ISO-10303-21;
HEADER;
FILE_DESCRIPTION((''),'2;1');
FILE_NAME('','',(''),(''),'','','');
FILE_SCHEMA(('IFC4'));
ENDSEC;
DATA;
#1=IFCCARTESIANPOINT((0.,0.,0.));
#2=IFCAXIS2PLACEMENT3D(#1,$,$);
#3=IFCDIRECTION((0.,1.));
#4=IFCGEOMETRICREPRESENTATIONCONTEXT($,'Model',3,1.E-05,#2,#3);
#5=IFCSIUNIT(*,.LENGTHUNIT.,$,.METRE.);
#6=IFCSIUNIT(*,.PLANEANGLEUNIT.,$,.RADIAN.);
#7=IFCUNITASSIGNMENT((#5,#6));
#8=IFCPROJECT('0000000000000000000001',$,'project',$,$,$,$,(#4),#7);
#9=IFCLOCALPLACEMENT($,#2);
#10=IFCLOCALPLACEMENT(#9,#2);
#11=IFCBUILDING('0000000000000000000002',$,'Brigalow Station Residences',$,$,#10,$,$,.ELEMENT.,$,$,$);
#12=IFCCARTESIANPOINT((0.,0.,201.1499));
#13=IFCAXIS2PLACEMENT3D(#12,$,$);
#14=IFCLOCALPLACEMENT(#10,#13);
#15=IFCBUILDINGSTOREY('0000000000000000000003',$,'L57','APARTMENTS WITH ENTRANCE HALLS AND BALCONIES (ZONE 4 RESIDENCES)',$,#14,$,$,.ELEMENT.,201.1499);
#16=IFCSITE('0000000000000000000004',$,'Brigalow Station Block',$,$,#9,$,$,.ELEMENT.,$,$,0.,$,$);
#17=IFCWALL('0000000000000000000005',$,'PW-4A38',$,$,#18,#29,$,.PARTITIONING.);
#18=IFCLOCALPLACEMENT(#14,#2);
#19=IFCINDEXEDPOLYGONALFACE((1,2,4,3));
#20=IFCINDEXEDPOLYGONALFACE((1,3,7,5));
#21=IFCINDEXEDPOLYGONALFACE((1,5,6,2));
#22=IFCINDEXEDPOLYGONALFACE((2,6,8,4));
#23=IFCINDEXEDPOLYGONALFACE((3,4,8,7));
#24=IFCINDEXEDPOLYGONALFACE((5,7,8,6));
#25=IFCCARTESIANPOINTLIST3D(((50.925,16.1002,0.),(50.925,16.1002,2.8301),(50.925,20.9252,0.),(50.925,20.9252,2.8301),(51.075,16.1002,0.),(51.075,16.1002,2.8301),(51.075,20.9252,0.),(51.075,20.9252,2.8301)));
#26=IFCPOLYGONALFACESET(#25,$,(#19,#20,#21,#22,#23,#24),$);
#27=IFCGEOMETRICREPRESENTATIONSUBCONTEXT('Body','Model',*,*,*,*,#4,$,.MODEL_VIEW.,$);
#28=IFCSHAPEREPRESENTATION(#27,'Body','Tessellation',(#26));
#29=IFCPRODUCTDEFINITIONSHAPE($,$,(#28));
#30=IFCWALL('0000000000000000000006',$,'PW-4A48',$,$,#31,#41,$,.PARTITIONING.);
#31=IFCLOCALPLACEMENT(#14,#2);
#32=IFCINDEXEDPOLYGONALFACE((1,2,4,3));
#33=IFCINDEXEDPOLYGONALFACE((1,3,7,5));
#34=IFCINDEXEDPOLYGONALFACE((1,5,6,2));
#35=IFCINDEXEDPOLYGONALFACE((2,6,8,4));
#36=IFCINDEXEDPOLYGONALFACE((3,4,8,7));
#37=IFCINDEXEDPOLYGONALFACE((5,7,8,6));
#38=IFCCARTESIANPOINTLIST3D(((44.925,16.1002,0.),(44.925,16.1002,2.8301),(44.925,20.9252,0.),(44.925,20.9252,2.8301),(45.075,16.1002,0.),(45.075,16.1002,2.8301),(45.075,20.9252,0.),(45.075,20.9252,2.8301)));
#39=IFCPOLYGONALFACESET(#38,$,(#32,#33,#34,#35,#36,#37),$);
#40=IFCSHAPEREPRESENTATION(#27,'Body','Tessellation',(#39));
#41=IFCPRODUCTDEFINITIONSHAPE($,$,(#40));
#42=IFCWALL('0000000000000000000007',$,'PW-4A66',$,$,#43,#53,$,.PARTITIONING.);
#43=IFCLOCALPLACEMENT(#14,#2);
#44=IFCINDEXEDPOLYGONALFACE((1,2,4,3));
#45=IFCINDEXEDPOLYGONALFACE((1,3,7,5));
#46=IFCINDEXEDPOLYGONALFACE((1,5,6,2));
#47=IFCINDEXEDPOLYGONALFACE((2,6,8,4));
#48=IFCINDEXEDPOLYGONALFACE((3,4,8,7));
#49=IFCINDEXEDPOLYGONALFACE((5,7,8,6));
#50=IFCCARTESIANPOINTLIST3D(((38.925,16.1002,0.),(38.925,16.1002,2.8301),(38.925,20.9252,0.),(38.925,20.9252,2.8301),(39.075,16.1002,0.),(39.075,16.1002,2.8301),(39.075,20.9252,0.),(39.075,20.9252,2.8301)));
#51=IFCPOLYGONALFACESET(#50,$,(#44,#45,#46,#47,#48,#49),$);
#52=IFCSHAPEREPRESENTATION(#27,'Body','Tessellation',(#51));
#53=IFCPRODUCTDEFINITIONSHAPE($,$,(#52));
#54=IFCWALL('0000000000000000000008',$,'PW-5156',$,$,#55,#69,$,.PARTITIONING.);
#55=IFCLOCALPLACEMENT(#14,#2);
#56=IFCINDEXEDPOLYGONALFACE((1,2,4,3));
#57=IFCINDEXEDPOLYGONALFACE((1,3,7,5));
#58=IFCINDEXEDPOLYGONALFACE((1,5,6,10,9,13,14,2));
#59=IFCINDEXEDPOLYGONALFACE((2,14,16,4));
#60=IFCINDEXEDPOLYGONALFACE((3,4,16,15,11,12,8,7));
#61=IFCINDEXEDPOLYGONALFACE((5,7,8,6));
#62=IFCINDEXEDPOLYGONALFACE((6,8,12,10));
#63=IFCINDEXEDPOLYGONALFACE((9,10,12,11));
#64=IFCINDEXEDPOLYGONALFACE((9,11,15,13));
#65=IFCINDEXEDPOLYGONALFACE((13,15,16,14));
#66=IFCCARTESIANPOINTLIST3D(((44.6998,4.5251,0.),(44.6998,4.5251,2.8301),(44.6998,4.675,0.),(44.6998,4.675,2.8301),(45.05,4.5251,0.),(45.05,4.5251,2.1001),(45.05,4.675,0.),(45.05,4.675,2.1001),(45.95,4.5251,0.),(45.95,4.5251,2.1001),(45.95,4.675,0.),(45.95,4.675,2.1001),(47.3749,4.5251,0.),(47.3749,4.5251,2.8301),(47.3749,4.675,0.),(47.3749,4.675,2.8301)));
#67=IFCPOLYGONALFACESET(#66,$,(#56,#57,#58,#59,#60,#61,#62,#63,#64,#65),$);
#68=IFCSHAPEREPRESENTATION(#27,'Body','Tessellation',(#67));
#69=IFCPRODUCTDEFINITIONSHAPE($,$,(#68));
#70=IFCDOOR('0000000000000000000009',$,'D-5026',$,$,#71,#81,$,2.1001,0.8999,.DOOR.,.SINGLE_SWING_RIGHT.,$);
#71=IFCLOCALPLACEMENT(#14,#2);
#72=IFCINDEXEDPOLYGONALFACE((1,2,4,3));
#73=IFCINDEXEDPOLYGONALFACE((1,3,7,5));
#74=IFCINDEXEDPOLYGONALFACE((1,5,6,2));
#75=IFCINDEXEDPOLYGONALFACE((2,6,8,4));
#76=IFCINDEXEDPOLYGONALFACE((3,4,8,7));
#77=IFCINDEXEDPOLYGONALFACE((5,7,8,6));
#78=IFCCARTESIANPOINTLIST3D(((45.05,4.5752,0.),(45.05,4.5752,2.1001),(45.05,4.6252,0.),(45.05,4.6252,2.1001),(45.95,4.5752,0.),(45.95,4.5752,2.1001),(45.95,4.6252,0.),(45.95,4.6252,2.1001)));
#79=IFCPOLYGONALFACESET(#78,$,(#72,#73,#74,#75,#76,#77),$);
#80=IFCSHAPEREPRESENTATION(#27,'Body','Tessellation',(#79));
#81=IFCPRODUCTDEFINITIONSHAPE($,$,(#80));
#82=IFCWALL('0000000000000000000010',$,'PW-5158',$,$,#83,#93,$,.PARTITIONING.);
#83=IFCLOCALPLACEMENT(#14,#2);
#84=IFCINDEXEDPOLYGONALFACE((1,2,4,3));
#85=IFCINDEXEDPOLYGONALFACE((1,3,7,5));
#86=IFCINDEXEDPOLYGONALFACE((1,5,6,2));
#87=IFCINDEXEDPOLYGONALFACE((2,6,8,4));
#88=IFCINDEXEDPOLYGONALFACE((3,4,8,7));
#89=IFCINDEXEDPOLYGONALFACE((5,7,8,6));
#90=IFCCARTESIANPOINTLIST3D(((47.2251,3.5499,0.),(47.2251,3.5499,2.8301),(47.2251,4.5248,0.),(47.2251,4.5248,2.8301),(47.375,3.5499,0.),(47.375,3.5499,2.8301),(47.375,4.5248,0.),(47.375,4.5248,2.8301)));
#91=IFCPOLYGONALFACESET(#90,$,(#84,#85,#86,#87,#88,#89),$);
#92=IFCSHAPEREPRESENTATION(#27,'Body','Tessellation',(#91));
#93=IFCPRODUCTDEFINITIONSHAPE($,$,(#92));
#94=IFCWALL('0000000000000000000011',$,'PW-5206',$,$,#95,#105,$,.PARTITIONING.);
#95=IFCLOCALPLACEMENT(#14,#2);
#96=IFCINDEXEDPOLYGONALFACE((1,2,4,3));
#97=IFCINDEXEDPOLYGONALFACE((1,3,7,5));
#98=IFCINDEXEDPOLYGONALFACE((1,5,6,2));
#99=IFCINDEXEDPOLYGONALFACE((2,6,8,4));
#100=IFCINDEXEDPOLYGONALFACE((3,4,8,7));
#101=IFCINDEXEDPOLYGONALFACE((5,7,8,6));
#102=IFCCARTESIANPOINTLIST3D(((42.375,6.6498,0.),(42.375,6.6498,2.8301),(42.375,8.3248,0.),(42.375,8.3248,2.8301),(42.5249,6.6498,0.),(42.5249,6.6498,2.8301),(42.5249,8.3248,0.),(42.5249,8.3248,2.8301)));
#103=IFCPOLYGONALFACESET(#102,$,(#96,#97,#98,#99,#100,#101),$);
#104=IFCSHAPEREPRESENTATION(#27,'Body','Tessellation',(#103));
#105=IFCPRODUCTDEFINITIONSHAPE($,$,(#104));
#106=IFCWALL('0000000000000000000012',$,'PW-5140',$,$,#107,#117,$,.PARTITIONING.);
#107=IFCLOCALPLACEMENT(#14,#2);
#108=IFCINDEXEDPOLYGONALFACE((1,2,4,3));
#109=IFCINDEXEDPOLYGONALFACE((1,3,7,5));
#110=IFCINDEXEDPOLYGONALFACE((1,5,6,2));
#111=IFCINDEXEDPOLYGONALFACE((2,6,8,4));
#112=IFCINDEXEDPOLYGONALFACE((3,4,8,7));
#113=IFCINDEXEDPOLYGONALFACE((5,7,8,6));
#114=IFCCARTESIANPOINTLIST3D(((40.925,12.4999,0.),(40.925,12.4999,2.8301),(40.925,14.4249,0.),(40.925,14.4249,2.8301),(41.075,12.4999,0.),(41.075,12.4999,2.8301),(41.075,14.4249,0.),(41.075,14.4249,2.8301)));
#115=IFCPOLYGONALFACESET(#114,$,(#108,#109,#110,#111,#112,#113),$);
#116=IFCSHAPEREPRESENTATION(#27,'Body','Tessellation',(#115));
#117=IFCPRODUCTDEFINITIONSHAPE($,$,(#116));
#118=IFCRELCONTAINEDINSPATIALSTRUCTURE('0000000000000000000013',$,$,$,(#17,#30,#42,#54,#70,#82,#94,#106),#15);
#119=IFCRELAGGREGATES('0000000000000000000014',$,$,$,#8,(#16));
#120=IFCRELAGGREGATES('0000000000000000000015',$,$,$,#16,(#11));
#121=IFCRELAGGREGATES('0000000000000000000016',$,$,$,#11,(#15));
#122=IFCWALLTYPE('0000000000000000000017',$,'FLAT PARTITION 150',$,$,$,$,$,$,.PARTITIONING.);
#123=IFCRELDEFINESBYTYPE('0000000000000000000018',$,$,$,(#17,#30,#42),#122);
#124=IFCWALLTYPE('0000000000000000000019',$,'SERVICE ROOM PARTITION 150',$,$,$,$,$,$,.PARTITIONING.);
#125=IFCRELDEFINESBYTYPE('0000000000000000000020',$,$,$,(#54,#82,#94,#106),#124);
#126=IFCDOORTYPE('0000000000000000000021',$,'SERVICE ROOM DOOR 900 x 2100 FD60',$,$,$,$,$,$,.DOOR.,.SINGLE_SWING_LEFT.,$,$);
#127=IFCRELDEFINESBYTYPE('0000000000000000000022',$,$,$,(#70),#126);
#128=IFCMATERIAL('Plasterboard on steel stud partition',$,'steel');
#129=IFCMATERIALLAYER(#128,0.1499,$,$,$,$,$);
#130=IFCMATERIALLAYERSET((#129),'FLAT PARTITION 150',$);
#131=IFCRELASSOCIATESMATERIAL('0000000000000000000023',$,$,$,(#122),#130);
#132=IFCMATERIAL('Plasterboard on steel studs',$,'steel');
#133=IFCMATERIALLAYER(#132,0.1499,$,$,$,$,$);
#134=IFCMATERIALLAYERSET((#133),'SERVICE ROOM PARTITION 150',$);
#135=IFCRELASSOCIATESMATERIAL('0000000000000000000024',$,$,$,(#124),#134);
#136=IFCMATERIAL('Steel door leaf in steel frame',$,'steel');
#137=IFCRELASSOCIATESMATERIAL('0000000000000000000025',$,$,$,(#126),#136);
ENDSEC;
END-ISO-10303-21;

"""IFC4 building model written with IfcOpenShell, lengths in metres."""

from ifc_helpers import new_model, si_unit, direction, frame, frame_2d, origin, place, context, subcontext, project, spatial, rectangle, extrude, material, layer, layer_set, type_object, element, fill, save


model = new_model("IFC4")

# Units and contexts
model_context = context("Model", 3, precision=1e-05, world=origin(), true_north=direction((0.0, 1.0)))
body_context = subcontext(model_context, "Body", "Model", "MODEL_VIEW")
ifc_project = project(units=[si_unit("LENGTHUNIT", "METRE"), si_unit("PLANEANGLEUNIT", "RADIAN")], contexts=[model_context])

# Site, building, storey
site_placement = place(None, origin())
site = spatial("IfcSite", under=ifc_project, at=site_placement, Name="Brigalow Station Block", CompositionType="ELEMENT", RefElevation=0.0)
building_placement = place(site_placement, origin())
building = spatial("IfcBuilding", under=site, at=building_placement, Name="Brigalow Station Residences", CompositionType="ELEMENT")
storey_placement = place(building_placement, frame((0.0, 0.0, 201.1499)))
storey = spatial("IfcBuildingStorey", under=building, at=storey_placement, Name="L57", Description="APARTMENTS WITH ENTRANCE HALLS AND BALCONIES (ZONE 4 RESIDENCES)", CompositionType="ELEMENT", Elevation=201.1499)

# Shared definitions
ifc_material_1 = material(Name="Plasterboard on steel stud partition", Category="steel")
ifc_layer_1 = layer(ifc_material_1, 0.1499)
ifc_layer_set_1 = layer_set([ifc_layer_1], Name="FLAT PARTITION 150")
wall_type_1 = type_object("IfcWallType", Name="FLAT PARTITION 150", PredefinedType="PARTITIONING", material=ifc_layer_set_1)

# Walls
for number, where, z_axis, x_axis, name in (
    (1, (51.0, 16.1001, 0.0), (0.0, 0.0, 1.0), (0.0, 1.0, 0.0), "PW-4A38"),
    (2, (45.0, 16.1001, 0.0), (0.0, 0.0, 1.0), (0.0, 1.0, 0.0), "PW-4A48"),
    (3, (39.0, 16.1001, 0.0), (0.0, 0.0, 1.0), (0.0, 1.0, 0.0), "PW-4A66"),
):
    element("IfcWall", number, at=place(storey_placement, frame(where, z_axis=z_axis, x_axis=x_axis)), inside=storey, type_object=wall_type_1, Name=name, PredefinedType="PARTITIONING", context=body_context, shape_type="SweptSolid", body=[
        extrude(rectangle(XDim=4.825, YDim=0.1499, at=frame_2d((2.4126, 0.0))), origin(), (0.0, 0.0, 1.0), 2.8301),
    ])

# Wall, opening, door
ifc_material_2 = material(Name="Plasterboard on steel studs", Category="steel")
ifc_layer_2 = layer(ifc_material_2, 0.1499)
ifc_layer_set_2 = layer_set([ifc_layer_2], Name="SERVICE ROOM PARTITION 150")
wall_type_2 = type_object("IfcWallType", Name="SERVICE ROOM PARTITION 150", PredefinedType="PARTITIONING", material=ifc_layer_set_2)
wall_1_placement = place(storey_placement, frame((44.7, 4.6001, 0.0), z_axis=(0.0, 0.0, 1.0), x_axis=(1.0, 0.0, 0.0)))
wall_1 = element("IfcWall", 4, at=wall_1_placement, inside=storey, type_object=wall_type_2, Name="PW-5156", PredefinedType="PARTITIONING", context=body_context, shape_type="SweptSolid", body=[
    extrude(rectangle(XDim=2.675, YDim=0.1499, at=frame_2d((1.3374, 0.0))), origin(), (0.0, 0.0, 1.0), 2.8301),
])
opening_1_placement = place(wall_1_placement, frame((0.3501, 0.0, 0.0)))
opening_1 = element("IfcOpeningElement", 5, at=opening_1_placement, cuts=wall_1, PredefinedType="OPENING", context=body_context, shape_type="SweptSolid", body=[
    extrude(rectangle(XDim=0.8999, YDim=2.1001, at=frame_2d((0.45, 1.05))), frame((0.0, 0.085, 0.0), z_axis=(0.0, -1.0, 0.0), x_axis=(1.0, 0.0, 0.0)), (0.0, 0.0, 1.0), 0.1699),
])
ifc_material_3 = material(Name="Steel door leaf in steel frame", Category="steel")
door_type_1 = type_object("IfcDoorType", Name="SERVICE ROOM DOOR 900 x 2100 FD60", OperationType="SINGLE_SWING_LEFT", PredefinedType="DOOR", material=ifc_material_3)
door_1_placement = place(opening_1_placement, frame((0.8999, 0.0, 0.0), z_axis=(0.0, 0.0, 1.0), x_axis=(-1.0, 0.0, 0.0)))
door_1 = element("IfcDoor", 6, at=door_1_placement, inside=storey, type_object=door_type_1, Name="D-5026", OperationType="SINGLE_SWING_RIGHT", OverallHeight=2.1001, OverallWidth=0.8999, PredefinedType="DOOR", context=body_context, shape_type="SweptSolid", body=[
    extrude(rectangle(XDim=0.8999, YDim=2.1001, at=frame_2d((0.45, 1.05))), frame((0.0, 0.0249, 0.0), z_axis=(0.0, -1.0, 0.0), x_axis=(1.0, 0.0, 0.0)), (0.0, 0.0, 1.0), 0.05),
])
fill(opening_1, door_1)

# Walls
wall_2_placement = place(storey_placement, frame((47.3, 3.55, 0.0), z_axis=(0.0, 0.0, 1.0), x_axis=(0.0, 1.0, 0.0)))
element("IfcWall", 7, at=wall_2_placement, inside=storey, type_object=wall_type_2, Name="PW-5158", PredefinedType="PARTITIONING", context=body_context, shape_type="SweptSolid", body=[
    extrude(rectangle(XDim=0.9749, YDim=0.1499, at=frame_2d((0.4873, 0.0))), origin(), (0.0, 0.0, 1.0), 2.8301),
])
wall_3_placement = place(storey_placement, frame((42.45, 6.6499, 0.0), z_axis=(0.0, 0.0, 1.0), x_axis=(0.0, 1.0, 0.0)))
element("IfcWall", 8, at=wall_3_placement, inside=storey, type_object=wall_type_2, Name="PW-5206", PredefinedType="PARTITIONING", context=body_context, shape_type="SweptSolid", body=[
    extrude(rectangle(XDim=1.675, YDim=0.1499, at=frame_2d((0.8374, 0.0))), origin(), (0.0, 0.0, 1.0), 2.8301),
])
wall_4_placement = place(storey_placement, frame((41.0, 12.5, 0.0), z_axis=(0.0, 0.0, 1.0), x_axis=(0.0, 1.0, 0.0)))
element("IfcWall", 9, at=wall_4_placement, inside=storey, type_object=wall_type_2, Name="PW-5140", PredefinedType="PARTITIONING", context=body_context, shape_type="SweptSolid", body=[
    extrude(rectangle(XDim=1.925, YDim=0.1499, at=frame_2d((0.9624, 0.0))), origin(), (0.0, 0.0, 1.0), 2.8301),
])

save(model, "model.ifc")
